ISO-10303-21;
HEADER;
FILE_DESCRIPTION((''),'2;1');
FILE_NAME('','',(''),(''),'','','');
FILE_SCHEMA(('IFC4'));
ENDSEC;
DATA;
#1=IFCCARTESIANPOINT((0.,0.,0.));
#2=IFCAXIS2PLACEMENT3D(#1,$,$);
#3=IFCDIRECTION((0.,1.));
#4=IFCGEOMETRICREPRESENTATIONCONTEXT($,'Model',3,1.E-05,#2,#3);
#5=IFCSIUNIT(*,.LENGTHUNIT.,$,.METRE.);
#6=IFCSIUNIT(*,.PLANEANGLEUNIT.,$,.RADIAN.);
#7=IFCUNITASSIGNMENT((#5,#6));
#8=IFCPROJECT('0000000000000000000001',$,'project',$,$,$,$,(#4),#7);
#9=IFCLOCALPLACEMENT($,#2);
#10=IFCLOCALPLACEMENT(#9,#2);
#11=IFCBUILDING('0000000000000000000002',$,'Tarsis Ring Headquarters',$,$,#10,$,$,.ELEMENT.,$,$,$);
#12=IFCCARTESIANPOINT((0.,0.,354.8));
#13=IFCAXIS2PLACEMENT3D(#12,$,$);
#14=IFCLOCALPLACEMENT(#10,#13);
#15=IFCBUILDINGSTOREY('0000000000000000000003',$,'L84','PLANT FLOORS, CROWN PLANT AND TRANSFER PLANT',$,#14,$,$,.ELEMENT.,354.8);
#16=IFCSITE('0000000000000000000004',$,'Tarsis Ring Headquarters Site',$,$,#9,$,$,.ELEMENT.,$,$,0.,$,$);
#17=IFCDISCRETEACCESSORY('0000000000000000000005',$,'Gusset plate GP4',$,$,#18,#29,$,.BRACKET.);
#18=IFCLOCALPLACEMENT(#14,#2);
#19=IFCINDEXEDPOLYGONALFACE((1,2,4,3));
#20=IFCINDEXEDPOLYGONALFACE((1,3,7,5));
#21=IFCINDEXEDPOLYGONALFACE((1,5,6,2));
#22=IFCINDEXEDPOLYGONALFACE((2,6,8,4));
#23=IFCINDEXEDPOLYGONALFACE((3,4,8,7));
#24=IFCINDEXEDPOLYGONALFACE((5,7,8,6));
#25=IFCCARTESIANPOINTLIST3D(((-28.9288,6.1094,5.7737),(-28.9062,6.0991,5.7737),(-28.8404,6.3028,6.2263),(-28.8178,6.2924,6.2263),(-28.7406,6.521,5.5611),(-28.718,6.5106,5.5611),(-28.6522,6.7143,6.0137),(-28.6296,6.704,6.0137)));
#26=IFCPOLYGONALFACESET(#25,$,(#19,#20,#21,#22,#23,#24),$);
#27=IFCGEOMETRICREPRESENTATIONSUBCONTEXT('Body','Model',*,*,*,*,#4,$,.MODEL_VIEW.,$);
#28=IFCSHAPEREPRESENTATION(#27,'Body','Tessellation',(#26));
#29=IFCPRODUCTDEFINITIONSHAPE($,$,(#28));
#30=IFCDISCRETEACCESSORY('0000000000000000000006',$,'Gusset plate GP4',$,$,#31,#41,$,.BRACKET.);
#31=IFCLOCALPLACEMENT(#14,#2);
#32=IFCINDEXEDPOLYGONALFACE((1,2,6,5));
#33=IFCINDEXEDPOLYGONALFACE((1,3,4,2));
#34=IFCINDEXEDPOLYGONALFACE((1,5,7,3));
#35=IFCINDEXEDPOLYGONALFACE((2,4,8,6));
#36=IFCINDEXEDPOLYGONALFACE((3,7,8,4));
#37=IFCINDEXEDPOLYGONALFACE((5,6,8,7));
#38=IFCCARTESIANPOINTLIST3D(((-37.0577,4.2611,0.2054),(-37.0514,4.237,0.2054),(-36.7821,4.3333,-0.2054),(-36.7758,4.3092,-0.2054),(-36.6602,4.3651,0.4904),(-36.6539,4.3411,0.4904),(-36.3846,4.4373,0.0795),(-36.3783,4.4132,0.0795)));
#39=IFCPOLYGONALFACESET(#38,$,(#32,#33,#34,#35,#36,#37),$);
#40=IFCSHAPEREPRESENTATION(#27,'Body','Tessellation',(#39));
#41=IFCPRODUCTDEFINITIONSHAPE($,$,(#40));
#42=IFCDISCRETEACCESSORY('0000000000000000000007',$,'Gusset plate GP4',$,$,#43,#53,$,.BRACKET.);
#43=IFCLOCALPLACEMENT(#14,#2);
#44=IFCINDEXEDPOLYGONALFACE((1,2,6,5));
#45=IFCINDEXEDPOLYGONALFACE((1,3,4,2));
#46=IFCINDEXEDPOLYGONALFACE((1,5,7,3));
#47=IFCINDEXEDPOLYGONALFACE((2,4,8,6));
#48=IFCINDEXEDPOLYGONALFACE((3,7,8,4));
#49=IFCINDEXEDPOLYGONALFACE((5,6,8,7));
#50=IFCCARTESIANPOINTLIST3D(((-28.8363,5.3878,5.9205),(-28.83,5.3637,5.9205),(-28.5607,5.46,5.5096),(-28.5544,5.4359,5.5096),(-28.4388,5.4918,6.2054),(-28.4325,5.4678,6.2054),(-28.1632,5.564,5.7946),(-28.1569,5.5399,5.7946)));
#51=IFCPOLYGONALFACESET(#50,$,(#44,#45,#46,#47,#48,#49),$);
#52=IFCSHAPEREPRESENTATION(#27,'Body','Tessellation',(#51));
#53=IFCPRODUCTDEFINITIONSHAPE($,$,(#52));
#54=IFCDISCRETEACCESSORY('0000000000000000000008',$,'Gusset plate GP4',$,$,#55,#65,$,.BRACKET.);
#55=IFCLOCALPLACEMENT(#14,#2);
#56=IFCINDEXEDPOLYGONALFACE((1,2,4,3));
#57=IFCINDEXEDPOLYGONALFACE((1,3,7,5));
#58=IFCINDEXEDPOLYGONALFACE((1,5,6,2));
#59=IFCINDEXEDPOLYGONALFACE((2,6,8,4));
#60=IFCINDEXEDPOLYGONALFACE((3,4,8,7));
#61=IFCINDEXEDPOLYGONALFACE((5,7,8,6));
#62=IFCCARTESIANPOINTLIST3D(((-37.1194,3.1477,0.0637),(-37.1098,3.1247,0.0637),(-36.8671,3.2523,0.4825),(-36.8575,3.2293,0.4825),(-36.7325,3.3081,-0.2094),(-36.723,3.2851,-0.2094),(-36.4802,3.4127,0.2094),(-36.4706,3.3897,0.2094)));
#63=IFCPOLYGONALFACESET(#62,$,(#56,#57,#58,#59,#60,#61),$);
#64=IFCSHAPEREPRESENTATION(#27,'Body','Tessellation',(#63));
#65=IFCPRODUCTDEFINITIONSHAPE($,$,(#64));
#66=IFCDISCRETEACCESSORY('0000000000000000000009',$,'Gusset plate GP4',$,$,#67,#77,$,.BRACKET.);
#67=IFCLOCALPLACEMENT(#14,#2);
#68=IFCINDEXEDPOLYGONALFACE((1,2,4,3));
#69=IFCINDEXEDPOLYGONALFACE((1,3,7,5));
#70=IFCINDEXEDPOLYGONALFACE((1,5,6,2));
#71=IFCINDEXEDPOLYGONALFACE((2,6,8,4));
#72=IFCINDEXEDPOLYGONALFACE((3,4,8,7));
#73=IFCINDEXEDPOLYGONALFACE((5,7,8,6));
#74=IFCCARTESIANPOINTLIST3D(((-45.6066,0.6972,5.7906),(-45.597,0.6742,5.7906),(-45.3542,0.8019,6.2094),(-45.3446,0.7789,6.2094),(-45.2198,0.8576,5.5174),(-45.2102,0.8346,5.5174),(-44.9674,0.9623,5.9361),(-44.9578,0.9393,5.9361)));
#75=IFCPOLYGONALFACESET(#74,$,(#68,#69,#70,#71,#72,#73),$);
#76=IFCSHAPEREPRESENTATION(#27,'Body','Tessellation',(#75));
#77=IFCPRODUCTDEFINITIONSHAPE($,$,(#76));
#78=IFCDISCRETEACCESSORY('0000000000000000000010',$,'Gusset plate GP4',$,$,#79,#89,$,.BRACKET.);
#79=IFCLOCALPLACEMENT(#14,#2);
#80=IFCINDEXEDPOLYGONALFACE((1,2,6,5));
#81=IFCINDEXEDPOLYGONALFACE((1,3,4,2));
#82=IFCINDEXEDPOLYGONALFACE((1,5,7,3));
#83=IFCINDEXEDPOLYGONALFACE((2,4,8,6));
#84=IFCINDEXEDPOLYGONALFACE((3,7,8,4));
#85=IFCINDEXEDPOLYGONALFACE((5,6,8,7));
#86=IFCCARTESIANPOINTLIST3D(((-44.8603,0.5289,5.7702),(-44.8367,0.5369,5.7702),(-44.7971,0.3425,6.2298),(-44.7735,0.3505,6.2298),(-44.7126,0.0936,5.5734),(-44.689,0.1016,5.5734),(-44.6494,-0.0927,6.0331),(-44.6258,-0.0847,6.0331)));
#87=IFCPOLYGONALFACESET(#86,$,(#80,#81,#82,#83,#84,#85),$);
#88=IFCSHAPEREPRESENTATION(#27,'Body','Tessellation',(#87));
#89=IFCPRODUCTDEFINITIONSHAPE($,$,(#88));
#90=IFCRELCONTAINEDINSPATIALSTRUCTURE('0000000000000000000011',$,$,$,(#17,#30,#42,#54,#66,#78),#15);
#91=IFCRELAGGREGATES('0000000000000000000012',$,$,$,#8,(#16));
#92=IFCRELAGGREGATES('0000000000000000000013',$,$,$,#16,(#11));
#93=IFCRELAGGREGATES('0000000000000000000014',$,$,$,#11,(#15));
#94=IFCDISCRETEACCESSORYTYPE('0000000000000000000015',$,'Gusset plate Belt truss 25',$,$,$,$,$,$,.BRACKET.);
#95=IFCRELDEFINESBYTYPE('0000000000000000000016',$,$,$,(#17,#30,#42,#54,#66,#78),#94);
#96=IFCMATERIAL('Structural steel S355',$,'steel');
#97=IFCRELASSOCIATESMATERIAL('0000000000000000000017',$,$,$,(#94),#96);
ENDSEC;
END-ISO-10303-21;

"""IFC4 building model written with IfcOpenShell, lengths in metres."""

from ifc_helpers import new_model, si_unit, direction, frame, origin, origin_2d, place, context, subcontext, project, spatial, rectangle, extrude, material, material_profile, profile_set, type_object, element, save


model = new_model("IFC4")

# Units and contexts
model_context = context("Model", 3, precision=1e-05, world=origin(), true_north=direction((0.0, 1.0)))
body_context = subcontext(model_context, "Body", "Model", "MODEL_VIEW")
ifc_project = project(units=[si_unit("LENGTHUNIT", "METRE"), si_unit("PLANEANGLEUNIT", "RADIAN")], contexts=[model_context])

# Site, building, storey
site_placement = place(None, origin())
site = spatial("IfcSite", under=ifc_project, at=site_placement, Name="Tarsis Ring Headquarters Site", CompositionType="ELEMENT", RefElevation=0.0)
building_placement = place(site_placement, origin())
building = spatial("IfcBuilding", under=site, at=building_placement, Name="Tarsis Ring Headquarters", CompositionType="ELEMENT")
storey_placement = place(building_placement, frame((0.0, 0.0, 354.8)))
storey = spatial("IfcBuildingStorey", under=building, at=storey_placement, Name="L84", Description="PLANT FLOORS, CROWN PLANT AND TRANSFER PLANT", CompositionType="ELEMENT", Elevation=354.8)

# Shared definitions
ifc_material_1 = material(Name="Structural steel S355", Category="steel")

# Discrete accessories
ifc_material_profile_1 = material_profile(ifc_material_1, rectangle(XDim=0.0249, YDim=0.5, at=origin_2d()), Name="PL 25x500")
ifc_profile_set_1 = profile_set([ifc_material_profile_1], Name="Structural steel S355")
discrete_accessory_type = type_object("IfcDiscreteAccessoryType", Name="Gusset plate Belt truss 25", PredefinedType="BRACKET", material=ifc_profile_set_1)
for number, where, z_axis, x_axis, name in (
    (1, (-28.8733, 6.2009, 6.0), (0.376403, 0.823107, -0.425223), (-0.909422, 0.415874, 0.0), "Gusset plate GP4"),
    (2, (-36.9167, 4.2852, 0.0), (0.794974, 0.208022, 0.569862), (-0.253148, 0.967428, 0.0), "Gusset plate GP4"),
    (3, (-28.2979, 5.5159, 6.0), (-0.794974, -0.208022, -0.569862), (0.253148, -0.967428, 0.0), "Gusset plate GP4"),
    (4, (-36.6016, 3.3489, 0.0), (-0.773766, -0.320735, 0.546274), (0.382918, -0.923782, 0.0), "Gusset plate GP4"),
    (5, (-45.4756, 0.738, 6.0), (0.77357, 0.320856, -0.54648), (-0.383124, 0.923697, 0.0), "Gusset plate GP4"),
    (6, (-44.8169, 0.4397, 6.0), (0.295394, -0.870559, -0.393534), (0.94697, 0.321322, 0.0), "Gusset plate GP4"),
):
    element("IfcDiscreteAccessory", number, at=place(storey_placement, frame(where, z_axis=z_axis, x_axis=x_axis)), inside=storey, type_object=discrete_accessory_type, Name=name, PredefinedType="BRACKET", context=body_context, shape_type="SweptSolid", body=[
        extrude(rectangle(XDim=0.0249, YDim=0.5, at=origin_2d()), origin(), (0.0, 0.0, 1.0), 0.5),
    ])

save(model, "model.ifc")
